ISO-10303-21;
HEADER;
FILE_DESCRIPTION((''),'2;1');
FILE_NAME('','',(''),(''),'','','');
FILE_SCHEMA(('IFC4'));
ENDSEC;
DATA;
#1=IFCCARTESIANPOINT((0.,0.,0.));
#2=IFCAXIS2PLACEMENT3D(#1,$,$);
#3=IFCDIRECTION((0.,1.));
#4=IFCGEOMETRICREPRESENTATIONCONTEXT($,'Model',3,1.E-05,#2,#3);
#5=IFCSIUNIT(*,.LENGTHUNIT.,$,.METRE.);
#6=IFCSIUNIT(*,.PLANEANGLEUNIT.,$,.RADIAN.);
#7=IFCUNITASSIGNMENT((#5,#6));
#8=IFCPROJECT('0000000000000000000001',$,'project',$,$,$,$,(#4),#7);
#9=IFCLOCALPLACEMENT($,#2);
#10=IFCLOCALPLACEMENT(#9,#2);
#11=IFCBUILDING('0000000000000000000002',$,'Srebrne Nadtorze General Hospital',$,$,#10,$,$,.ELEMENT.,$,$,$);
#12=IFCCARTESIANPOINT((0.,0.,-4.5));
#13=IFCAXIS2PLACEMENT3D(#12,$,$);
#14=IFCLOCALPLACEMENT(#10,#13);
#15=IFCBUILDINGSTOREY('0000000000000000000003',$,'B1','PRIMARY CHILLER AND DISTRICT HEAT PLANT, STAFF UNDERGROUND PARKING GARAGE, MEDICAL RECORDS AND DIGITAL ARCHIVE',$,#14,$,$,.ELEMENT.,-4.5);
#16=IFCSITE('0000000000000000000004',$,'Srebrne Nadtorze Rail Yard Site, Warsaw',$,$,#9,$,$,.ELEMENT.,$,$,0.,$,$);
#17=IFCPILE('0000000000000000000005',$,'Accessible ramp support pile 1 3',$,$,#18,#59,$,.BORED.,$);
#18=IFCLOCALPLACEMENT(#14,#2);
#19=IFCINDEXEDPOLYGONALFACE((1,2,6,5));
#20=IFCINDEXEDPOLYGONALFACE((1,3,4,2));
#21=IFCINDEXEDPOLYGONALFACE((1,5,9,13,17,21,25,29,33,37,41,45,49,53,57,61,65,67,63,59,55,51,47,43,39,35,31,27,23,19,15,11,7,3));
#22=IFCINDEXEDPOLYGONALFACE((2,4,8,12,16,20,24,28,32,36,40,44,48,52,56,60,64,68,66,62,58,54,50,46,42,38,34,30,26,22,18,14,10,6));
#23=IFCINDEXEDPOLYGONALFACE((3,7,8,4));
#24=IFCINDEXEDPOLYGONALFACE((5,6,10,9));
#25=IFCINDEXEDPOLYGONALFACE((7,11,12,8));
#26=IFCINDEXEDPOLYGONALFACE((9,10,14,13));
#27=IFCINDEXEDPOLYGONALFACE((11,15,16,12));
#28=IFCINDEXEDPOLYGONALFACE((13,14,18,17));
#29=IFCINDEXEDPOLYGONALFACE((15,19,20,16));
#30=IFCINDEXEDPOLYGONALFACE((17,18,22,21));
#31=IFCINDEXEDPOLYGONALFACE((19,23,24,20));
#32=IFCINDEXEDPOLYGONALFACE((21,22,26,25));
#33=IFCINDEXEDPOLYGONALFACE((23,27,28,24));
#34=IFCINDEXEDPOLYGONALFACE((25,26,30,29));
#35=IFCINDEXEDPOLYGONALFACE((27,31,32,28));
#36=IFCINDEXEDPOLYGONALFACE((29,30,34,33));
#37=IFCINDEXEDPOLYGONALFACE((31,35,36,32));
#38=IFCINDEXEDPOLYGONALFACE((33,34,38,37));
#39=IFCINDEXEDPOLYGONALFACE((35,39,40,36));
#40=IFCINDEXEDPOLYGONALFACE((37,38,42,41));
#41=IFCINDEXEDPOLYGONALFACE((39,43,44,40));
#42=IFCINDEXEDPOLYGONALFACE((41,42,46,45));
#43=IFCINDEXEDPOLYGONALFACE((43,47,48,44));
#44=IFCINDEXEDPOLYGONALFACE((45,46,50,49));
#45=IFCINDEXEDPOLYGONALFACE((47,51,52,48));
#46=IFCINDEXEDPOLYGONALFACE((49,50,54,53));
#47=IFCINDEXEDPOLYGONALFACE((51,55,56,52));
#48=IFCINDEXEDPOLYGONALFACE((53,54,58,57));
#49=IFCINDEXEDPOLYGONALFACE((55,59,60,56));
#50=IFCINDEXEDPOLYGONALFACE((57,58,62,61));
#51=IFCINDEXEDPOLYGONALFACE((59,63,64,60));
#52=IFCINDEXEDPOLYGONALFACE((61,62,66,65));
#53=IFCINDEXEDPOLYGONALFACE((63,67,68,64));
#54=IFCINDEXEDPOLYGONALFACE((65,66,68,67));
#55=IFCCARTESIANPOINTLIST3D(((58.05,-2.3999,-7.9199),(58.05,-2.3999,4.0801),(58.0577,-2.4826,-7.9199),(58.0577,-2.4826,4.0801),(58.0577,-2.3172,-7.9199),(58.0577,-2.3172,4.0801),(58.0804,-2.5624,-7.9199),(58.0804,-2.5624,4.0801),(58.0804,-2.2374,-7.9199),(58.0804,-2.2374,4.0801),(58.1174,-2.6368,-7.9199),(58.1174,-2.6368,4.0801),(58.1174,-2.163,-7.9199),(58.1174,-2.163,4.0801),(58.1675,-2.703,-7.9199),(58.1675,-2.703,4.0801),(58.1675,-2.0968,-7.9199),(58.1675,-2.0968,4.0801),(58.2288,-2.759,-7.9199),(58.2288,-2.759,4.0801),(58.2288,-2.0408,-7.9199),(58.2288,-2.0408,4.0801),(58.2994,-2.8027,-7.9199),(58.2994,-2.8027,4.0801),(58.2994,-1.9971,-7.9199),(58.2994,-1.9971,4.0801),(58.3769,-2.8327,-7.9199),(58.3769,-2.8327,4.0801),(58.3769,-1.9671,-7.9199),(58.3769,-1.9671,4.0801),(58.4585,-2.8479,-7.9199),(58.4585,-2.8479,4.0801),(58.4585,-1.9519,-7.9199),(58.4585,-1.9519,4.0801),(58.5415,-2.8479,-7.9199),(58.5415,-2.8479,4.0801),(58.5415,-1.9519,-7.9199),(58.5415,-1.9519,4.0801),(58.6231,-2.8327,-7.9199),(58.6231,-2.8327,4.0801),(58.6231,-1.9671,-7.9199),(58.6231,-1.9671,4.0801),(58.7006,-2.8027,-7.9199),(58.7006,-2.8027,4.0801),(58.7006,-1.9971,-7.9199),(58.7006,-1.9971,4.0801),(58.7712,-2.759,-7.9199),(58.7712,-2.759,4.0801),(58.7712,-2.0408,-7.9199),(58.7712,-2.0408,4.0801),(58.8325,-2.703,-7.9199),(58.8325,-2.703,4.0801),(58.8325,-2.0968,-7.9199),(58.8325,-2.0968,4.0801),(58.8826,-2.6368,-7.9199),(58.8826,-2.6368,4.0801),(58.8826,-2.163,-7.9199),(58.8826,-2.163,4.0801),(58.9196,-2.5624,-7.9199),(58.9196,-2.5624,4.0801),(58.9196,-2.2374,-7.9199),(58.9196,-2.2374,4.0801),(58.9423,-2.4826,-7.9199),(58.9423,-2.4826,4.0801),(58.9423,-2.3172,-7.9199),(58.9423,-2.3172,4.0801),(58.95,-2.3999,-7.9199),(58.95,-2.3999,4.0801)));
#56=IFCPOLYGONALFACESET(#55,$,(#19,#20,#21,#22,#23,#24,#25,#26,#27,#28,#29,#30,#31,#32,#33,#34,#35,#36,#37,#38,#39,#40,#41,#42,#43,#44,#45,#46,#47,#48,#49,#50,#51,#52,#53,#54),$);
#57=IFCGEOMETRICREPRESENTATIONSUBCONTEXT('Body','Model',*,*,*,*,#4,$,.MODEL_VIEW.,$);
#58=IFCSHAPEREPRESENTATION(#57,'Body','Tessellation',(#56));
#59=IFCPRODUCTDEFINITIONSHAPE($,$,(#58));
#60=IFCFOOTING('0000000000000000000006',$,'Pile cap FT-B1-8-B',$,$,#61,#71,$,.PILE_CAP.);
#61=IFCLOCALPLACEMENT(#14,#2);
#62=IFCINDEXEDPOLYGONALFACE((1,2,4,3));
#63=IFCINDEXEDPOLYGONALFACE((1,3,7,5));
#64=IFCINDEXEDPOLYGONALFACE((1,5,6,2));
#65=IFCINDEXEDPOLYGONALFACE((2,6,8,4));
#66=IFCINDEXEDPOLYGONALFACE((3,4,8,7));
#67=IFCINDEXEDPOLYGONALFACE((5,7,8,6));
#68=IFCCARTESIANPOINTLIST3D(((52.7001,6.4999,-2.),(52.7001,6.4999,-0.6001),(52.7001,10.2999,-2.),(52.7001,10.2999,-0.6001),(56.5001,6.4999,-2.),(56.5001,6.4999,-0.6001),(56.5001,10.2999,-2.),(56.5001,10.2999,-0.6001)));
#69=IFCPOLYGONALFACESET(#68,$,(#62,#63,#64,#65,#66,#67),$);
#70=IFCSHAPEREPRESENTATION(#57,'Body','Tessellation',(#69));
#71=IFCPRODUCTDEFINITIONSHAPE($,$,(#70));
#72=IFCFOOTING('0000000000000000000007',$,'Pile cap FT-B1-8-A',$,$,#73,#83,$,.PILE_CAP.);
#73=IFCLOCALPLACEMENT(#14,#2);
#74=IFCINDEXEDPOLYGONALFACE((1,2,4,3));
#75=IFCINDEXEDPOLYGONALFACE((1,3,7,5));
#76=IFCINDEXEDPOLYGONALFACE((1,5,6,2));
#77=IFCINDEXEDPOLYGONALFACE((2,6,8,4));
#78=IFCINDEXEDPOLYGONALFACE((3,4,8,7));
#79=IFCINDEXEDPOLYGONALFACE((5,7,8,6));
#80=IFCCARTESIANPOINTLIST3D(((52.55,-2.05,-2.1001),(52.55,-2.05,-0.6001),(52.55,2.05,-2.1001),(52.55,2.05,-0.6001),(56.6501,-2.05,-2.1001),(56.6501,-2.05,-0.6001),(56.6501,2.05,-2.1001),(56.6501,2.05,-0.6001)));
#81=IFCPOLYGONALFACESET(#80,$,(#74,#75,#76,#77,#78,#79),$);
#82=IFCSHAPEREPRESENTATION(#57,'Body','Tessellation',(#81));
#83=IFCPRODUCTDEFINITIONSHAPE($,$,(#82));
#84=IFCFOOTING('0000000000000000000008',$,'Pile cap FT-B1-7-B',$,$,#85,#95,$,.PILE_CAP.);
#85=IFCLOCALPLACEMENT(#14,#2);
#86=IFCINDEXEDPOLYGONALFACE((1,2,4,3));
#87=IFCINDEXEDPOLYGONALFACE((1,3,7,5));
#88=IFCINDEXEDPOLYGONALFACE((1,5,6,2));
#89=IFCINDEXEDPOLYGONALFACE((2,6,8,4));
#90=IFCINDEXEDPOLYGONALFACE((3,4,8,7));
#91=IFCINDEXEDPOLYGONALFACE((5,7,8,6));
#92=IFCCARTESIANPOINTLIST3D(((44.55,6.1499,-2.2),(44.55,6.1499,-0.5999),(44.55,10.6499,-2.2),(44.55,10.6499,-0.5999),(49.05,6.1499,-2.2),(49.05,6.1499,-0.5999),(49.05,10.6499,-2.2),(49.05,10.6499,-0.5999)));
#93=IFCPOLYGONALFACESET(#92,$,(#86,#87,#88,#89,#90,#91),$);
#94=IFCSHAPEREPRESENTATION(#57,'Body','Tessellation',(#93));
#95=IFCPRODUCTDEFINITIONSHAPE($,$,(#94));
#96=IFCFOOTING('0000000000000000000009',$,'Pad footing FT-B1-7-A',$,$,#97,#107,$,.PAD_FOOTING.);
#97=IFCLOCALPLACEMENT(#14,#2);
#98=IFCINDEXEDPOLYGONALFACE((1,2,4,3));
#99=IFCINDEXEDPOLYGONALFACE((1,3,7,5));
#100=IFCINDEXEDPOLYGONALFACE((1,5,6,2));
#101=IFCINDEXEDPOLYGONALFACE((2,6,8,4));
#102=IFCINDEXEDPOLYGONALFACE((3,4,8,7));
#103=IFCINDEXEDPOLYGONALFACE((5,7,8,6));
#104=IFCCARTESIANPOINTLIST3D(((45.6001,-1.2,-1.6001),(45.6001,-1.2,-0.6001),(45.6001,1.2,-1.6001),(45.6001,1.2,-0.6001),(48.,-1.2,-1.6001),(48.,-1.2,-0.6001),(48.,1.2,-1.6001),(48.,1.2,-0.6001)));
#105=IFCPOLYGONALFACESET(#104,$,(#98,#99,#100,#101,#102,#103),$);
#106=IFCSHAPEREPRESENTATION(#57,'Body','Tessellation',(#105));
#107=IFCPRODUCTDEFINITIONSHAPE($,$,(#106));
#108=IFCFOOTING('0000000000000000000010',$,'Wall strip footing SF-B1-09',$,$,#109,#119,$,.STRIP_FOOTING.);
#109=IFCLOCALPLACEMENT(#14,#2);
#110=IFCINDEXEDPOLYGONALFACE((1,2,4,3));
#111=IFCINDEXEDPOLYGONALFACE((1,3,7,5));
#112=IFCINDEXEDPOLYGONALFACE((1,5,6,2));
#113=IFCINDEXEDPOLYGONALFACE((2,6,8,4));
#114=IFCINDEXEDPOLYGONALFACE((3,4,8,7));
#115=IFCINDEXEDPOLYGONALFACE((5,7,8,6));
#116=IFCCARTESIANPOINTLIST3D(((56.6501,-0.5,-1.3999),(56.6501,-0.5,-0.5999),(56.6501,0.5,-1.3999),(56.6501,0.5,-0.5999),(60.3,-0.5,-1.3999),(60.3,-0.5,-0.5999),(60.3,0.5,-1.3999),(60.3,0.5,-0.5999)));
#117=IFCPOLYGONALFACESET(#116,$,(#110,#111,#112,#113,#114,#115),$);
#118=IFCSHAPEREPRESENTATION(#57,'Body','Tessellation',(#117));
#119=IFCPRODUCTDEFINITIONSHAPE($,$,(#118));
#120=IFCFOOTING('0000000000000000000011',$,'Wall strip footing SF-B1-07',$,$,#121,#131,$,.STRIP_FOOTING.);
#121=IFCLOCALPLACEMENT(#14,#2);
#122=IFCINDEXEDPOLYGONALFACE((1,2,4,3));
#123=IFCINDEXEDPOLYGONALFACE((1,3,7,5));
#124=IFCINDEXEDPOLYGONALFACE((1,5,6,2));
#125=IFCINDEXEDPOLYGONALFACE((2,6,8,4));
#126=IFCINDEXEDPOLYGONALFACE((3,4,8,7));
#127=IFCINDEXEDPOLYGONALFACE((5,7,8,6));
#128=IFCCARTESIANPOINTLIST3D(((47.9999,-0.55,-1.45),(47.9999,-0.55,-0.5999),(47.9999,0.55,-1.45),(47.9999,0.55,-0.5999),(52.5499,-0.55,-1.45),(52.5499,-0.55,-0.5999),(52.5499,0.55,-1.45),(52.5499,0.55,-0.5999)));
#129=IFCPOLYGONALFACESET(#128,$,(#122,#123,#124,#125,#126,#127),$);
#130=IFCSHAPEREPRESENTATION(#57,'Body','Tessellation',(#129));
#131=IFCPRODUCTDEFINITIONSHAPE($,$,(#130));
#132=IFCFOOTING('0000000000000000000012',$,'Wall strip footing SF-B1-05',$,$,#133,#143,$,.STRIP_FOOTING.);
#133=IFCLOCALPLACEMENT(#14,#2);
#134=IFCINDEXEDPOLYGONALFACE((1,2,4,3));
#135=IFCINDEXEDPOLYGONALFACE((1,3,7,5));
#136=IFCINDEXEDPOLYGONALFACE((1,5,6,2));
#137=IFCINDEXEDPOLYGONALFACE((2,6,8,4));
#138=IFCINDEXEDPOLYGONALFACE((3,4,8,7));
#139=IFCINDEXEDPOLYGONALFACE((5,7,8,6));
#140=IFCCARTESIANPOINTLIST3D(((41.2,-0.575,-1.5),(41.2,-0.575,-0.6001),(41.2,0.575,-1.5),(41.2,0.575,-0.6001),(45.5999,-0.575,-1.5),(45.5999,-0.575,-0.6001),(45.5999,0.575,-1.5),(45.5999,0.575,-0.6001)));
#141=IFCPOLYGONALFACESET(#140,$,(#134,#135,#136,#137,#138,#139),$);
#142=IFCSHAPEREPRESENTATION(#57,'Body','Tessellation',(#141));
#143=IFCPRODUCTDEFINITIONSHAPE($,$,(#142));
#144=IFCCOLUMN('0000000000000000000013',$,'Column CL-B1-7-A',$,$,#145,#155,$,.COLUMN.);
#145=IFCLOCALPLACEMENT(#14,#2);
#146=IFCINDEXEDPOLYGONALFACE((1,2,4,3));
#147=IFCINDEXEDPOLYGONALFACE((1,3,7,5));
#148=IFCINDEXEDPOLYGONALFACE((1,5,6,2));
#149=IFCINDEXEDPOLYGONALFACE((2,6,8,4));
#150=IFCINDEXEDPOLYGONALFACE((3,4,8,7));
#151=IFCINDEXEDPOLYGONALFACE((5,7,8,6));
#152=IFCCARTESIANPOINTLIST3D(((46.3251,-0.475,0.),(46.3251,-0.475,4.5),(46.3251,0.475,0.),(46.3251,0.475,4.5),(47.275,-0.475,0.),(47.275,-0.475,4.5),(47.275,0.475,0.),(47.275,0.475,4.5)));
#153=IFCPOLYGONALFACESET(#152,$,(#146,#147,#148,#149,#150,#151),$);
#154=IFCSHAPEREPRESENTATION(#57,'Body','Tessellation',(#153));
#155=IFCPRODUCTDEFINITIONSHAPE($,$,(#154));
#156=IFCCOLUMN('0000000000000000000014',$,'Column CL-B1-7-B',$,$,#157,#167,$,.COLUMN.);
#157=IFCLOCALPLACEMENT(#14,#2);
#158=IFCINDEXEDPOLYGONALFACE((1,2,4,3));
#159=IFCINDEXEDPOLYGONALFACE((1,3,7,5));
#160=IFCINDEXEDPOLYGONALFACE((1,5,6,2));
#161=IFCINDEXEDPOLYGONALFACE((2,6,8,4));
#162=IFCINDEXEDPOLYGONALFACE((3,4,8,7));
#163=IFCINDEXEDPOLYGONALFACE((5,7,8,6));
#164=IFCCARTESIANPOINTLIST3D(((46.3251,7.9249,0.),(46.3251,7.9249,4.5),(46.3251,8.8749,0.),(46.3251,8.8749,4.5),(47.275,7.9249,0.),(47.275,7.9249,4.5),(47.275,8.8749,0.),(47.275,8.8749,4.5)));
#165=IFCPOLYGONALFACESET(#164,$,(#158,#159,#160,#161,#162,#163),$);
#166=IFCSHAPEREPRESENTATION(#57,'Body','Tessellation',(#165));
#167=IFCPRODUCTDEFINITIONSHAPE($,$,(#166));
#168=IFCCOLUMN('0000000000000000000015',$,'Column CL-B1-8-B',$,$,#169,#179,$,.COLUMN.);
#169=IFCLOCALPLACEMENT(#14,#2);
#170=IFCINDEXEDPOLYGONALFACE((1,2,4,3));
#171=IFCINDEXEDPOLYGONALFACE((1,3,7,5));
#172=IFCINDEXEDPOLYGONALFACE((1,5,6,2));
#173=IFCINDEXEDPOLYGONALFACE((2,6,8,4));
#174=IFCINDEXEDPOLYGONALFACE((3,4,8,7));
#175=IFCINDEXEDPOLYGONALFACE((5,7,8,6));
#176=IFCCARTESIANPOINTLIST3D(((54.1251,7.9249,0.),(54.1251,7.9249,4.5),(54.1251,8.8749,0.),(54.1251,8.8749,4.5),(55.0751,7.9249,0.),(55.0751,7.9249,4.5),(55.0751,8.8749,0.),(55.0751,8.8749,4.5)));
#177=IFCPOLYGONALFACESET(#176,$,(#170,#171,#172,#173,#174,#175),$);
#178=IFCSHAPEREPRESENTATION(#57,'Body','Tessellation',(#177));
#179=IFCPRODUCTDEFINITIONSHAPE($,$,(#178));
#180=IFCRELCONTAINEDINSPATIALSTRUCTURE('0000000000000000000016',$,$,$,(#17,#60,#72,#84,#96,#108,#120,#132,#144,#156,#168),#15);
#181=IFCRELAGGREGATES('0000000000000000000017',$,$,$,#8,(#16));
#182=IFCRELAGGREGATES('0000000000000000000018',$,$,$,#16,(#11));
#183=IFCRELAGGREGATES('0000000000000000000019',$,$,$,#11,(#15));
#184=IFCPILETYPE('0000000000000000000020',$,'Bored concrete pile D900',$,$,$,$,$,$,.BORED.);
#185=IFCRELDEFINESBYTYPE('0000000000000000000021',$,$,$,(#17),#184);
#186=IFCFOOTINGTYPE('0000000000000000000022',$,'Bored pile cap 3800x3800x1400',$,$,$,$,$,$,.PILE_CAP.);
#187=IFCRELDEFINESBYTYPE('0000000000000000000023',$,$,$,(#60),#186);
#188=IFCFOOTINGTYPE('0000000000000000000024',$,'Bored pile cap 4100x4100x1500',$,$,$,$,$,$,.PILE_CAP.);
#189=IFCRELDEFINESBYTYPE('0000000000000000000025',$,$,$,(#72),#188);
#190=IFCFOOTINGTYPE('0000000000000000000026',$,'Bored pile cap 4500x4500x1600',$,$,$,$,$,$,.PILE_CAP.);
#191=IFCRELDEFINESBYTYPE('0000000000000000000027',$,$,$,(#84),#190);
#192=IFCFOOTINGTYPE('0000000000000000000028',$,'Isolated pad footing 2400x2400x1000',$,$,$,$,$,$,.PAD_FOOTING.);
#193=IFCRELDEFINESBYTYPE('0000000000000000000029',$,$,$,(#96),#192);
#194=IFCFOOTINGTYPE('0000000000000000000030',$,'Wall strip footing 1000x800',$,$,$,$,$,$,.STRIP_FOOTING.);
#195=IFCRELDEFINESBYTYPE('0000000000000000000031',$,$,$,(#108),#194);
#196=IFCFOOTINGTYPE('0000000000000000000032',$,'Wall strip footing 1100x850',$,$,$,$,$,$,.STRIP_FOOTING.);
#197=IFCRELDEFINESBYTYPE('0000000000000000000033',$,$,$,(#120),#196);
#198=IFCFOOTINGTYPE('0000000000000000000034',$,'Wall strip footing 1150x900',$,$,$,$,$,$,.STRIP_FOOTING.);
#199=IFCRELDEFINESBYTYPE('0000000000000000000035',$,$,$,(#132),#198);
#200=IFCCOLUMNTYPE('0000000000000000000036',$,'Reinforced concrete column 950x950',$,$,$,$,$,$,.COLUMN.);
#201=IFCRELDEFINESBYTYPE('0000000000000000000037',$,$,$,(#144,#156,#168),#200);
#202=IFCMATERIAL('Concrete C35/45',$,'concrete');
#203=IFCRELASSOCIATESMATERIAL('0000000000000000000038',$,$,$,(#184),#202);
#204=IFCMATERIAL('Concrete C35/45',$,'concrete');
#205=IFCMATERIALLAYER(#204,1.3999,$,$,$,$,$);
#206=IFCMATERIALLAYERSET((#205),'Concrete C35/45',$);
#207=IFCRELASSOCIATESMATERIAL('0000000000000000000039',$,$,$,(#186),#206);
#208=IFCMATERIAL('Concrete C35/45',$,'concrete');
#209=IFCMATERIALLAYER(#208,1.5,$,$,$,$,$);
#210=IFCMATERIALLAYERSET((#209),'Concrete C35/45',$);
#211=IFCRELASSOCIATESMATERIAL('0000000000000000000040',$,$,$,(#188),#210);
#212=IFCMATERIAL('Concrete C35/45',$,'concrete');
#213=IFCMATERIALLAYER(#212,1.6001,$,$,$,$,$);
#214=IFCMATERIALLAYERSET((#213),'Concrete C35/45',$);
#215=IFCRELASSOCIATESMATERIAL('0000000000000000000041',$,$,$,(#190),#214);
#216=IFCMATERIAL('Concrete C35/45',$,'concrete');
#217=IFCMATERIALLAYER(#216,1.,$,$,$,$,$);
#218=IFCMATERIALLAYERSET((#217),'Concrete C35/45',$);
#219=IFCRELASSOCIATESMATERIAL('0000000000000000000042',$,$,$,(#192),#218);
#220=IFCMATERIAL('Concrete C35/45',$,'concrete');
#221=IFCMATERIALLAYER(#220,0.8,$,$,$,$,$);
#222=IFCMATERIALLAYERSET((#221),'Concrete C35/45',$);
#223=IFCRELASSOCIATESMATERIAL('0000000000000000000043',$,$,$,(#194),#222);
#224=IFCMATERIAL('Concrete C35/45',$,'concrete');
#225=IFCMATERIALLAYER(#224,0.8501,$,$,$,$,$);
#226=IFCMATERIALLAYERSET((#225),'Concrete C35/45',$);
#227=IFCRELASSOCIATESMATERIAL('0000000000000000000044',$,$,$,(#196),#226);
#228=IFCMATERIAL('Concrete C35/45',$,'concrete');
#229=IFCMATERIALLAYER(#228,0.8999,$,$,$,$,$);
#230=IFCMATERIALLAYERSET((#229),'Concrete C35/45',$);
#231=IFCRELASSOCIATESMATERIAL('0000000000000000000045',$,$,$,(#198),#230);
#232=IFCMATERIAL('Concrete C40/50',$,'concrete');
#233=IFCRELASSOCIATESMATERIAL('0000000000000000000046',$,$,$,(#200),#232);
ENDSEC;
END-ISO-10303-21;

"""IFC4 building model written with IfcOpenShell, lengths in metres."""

from ifc_helpers import new_model, si_unit, direction, frame, origin, origin_2d, place, context, subcontext, project, spatial, rectangle, circle, extrude, material, layer, layer_set, material_profile, profile_set, type_object, element, save


model = new_model("IFC4")

# Units and contexts
model_context = context("Model", 3, precision=1e-05, world=origin(), true_north=direction((0.0, 1.0)))
body_context = subcontext(model_context, "Body", "Model", "MODEL_VIEW")
ifc_project = project(units=[si_unit("LENGTHUNIT", "METRE"), si_unit("PLANEANGLEUNIT", "RADIAN")], contexts=[model_context])

# Site, building, storey
site_placement = place(None, origin())
site = spatial("IfcSite", under=ifc_project, at=site_placement, Name="Srebrne Nadtorze Rail Yard Site, Warsaw", CompositionType="ELEMENT", RefElevation=0.0)
building_placement = place(site_placement, origin())
building = spatial("IfcBuilding", under=site, at=building_placement, Name="Srebrne Nadtorze General Hospital", CompositionType="ELEMENT")
storey_placement = place(building_placement, frame((0.0, 0.0, -4.5)))
storey = spatial("IfcBuildingStorey", under=building, at=storey_placement, Name="B1", Description="PRIMARY CHILLER AND DISTRICT HEAT PLANT, STAFF UNDERGROUND PARKING GARAGE, MEDICAL RECORDS AND DIGITAL ARCHIVE", CompositionType="ELEMENT", Elevation=-4.5)

# Pile
ifc_material_1 = material(Name="Concrete C35/45", Category="concrete")
ifc_material_profile_1 = material_profile(ifc_material_1, circle(Radius=0.45, at=origin_2d()), Name="PILE-D900")
ifc_profile_set_1 = profile_set([ifc_material_profile_1], Name="Concrete C35/45")
pile_type_1 = type_object("IfcPileType", Name="Bored concrete pile D900", PredefinedType="BORED", material=ifc_profile_set_1)
for number, where, z_axis, x_axis, name in (
    (1, (58.5, -2.3999, 4.0801), (0.0, 0.0, -1.0), (1.0, 0.0, 0.0), "Accessible ramp support pile 1 3"),
):
    element("IfcPile", number, at=place(storey_placement, frame(where, z_axis=z_axis, x_axis=x_axis)), inside=storey, type_object=pile_type_1, Name=name, PredefinedType="BORED", context=body_context, shape_type="SweptSolid", body=[
        extrude(circle(Radius=0.45, at=origin_2d()), origin(), (0.0, 0.0, 1.0), 12.0),
    ])

# Footings
ifc_material_2 = material(Name="Concrete C35/45", Category="concrete")
ifc_layer_1 = layer(ifc_material_2, 1.3999)
ifc_layer_set_1 = layer_set([ifc_layer_1], Name="Concrete C35/45")
footing_type_1 = type_object("IfcFootingType", Name="Bored pile cap 3800x3800x1400", PredefinedType="PILE_CAP", material=ifc_layer_set_1)
footing_1_placement = place(storey_placement, frame((54.6001, 8.3999, -2.0), z_axis=(0.0, 0.0, 1.0), x_axis=(1.0, 0.0, 0.0)))
element("IfcFooting", 2, at=footing_1_placement, inside=storey, type_object=footing_type_1, Name="Pile cap FT-B1-8-B", PredefinedType="PILE_CAP", context=body_context, shape_type="SweptSolid", body=[
    extrude(rectangle(XDim=3.8, YDim=3.8, at=origin_2d()), origin(), (0.0, 0.0, 1.0), 1.3999),
])
ifc_material_3 = material(Name="Concrete C35/45", Category="concrete")
ifc_layer_2 = layer(ifc_material_3, 1.5)
ifc_layer_set_2 = layer_set([ifc_layer_2], Name="Concrete C35/45")
footing_type_2 = type_object("IfcFootingType", Name="Bored pile cap 4100x4100x1500", PredefinedType="PILE_CAP", material=ifc_layer_set_2)
footing_2_placement = place(storey_placement, frame((54.6001, 0.0, -2.1001), z_axis=(0.0, 0.0, 1.0), x_axis=(1.0, 0.0, 0.0)))
element("IfcFooting", 3, at=footing_2_placement, inside=storey, type_object=footing_type_2, Name="Pile cap FT-B1-8-A", PredefinedType="PILE_CAP", context=body_context, shape_type="SweptSolid", body=[
    extrude(rectangle(XDim=4.1001, YDim=4.1001, at=origin_2d()), origin(), (0.0, 0.0, 1.0), 1.5),
])
ifc_material_4 = material(Name="Concrete C35/45", Category="concrete")
ifc_layer_3 = layer(ifc_material_4, 1.6001)
ifc_layer_set_3 = layer_set([ifc_layer_3], Name="Concrete C35/45")
footing_type_3 = type_object("IfcFootingType", Name="Bored pile cap 4500x4500x1600", PredefinedType="PILE_CAP", material=ifc_layer_set_3)
footing_3_placement = place(storey_placement, frame((46.8, 8.3999, -2.2), z_axis=(0.0, 0.0, 1.0), x_axis=(1.0, 0.0, 0.0)))
element("IfcFooting", 4, at=footing_3_placement, inside=storey, type_object=footing_type_3, Name="Pile cap FT-B1-7-B", PredefinedType="PILE_CAP", context=body_context, shape_type="SweptSolid", body=[
    extrude(rectangle(XDim=4.5, YDim=4.5, at=origin_2d()), origin(), (0.0, 0.0, 1.0), 1.6001),
])
ifc_material_5 = material(Name="Concrete C35/45", Category="concrete")
ifc_layer_4 = layer(ifc_material_5, 1.0)
ifc_layer_set_4 = layer_set([ifc_layer_4], Name="Concrete C35/45")
footing_type_4 = type_object("IfcFootingType", Name="Isolated pad footing 2400x2400x1000", PredefinedType="PAD_FOOTING", material=ifc_layer_set_4)
footing_4_placement = place(storey_placement, frame((46.8, 0.0, -1.6001), z_axis=(0.0, 0.0, 1.0), x_axis=(1.0, 0.0, 0.0)))
element("IfcFooting", 5, at=footing_4_placement, inside=storey, type_object=footing_type_4, Name="Pad footing FT-B1-7-A", PredefinedType="PAD_FOOTING", context=body_context, shape_type="SweptSolid", body=[
    extrude(rectangle(XDim=2.3999, YDim=2.3999, at=origin_2d()), origin(), (0.0, 0.0, 1.0), 1.0),
])
ifc_material_6 = material(Name="Concrete C35/45", Category="concrete")
ifc_layer_5 = layer(ifc_material_6, 0.8)
ifc_layer_set_5 = layer_set([ifc_layer_5], Name="Concrete C35/45")
footing_type_5 = type_object("IfcFootingType", Name="Wall strip footing 1000x800", PredefinedType="STRIP_FOOTING", material=ifc_layer_set_5)
footing_5_placement = place(storey_placement, frame((58.4751, 0.0, -1.3999), z_axis=(0.0, 0.0, 1.0), x_axis=(1.0, 0.0, 0.0)))
element("IfcFooting", 6, at=footing_5_placement, inside=storey, type_object=footing_type_5, Name="Wall strip footing SF-B1-09", PredefinedType="STRIP_FOOTING", context=body_context, shape_type="SweptSolid", body=[
    extrude(rectangle(XDim=3.6499, YDim=1.0, at=origin_2d()), origin(), (0.0, 0.0, 1.0), 0.8),
])
ifc_material_7 = material(Name="Concrete C35/45", Category="concrete")
ifc_layer_6 = layer(ifc_material_7, 0.8501)
ifc_layer_set_6 = layer_set([ifc_layer_6], Name="Concrete C35/45")
footing_type_6 = type_object("IfcFootingType", Name="Wall strip footing 1100x850", PredefinedType="STRIP_FOOTING", material=ifc_layer_set_6)
footing_6_placement = place(storey_placement, frame((50.2749, 0.0, -1.45), z_axis=(0.0, 0.0, 1.0), x_axis=(1.0, 0.0, 0.0)))
element("IfcFooting", 7, at=footing_6_placement, inside=storey, type_object=footing_type_6, Name="Wall strip footing SF-B1-07", PredefinedType="STRIP_FOOTING", context=body_context, shape_type="SweptSolid", body=[
    extrude(rectangle(XDim=4.55, YDim=1.1001, at=origin_2d()), origin(), (0.0, 0.0, 1.0), 0.8501),
])
ifc_material_8 = material(Name="Concrete C35/45", Category="concrete")
ifc_layer_7 = layer(ifc_material_8, 0.8999)
ifc_layer_set_7 = layer_set([ifc_layer_7], Name="Concrete C35/45")
footing_type_7 = type_object("IfcFootingType", Name="Wall strip footing 1150x900", PredefinedType="STRIP_FOOTING", material=ifc_layer_set_7)
footing_7_placement = place(storey_placement, frame((43.3999, 0.0, -1.5), z_axis=(0.0, 0.0, 1.0), x_axis=(1.0, 0.0, 0.0)))
element("IfcFooting", 8, at=footing_7_placement, inside=storey, type_object=footing_type_7, Name="Wall strip footing SF-B1-05", PredefinedType="STRIP_FOOTING", context=body_context, shape_type="SweptSolid", body=[
    extrude(rectangle(XDim=4.3999, YDim=1.1499, at=origin_2d()), origin(), (0.0, 0.0, 1.0), 0.8999),
])

# Columns
ifc_material_9 = material(Name="Concrete C40/50", Category="concrete")
ifc_material_profile_2 = material_profile(ifc_material_9, rectangle(XDim=0.95, YDim=0.95, at=origin_2d()), Name="RC-COL-950x950")
ifc_profile_set_2 = profile_set([ifc_material_profile_2], Name="Concrete C40/50")
column_type_1 = type_object("IfcColumnType", Name="Reinforced concrete column 950x950", PredefinedType="COLUMN", material=ifc_profile_set_2)
for number, where, z_axis, x_axis, name in (
    (9, (46.8, 0.0, 0.0), (0.0, 0.0, 1.0), (1.0, 0.0, 0.0), "Column CL-B1-7-A"),
    (10, (46.8, 8.3999, 0.0), (0.0, 0.0, 1.0), (1.0, 0.0, 0.0), "Column CL-B1-7-B"),
    (11, (54.6001, 8.3999, 0.0), (0.0, 0.0, 1.0), (1.0, 0.0, 0.0), "Column CL-B1-8-B"),
):
    element("IfcColumn", number, at=place(storey_placement, frame(where, z_axis=z_axis, x_axis=x_axis)), inside=storey, type_object=column_type_1, Name=name, PredefinedType="COLUMN", context=body_context, shape_type="SweptSolid", body=[
        extrude(rectangle(XDim=0.95, YDim=0.95, at=origin_2d()), origin(), (0.0, 0.0, 1.0), 4.5),
    ])

save(model, "model.ifc")
